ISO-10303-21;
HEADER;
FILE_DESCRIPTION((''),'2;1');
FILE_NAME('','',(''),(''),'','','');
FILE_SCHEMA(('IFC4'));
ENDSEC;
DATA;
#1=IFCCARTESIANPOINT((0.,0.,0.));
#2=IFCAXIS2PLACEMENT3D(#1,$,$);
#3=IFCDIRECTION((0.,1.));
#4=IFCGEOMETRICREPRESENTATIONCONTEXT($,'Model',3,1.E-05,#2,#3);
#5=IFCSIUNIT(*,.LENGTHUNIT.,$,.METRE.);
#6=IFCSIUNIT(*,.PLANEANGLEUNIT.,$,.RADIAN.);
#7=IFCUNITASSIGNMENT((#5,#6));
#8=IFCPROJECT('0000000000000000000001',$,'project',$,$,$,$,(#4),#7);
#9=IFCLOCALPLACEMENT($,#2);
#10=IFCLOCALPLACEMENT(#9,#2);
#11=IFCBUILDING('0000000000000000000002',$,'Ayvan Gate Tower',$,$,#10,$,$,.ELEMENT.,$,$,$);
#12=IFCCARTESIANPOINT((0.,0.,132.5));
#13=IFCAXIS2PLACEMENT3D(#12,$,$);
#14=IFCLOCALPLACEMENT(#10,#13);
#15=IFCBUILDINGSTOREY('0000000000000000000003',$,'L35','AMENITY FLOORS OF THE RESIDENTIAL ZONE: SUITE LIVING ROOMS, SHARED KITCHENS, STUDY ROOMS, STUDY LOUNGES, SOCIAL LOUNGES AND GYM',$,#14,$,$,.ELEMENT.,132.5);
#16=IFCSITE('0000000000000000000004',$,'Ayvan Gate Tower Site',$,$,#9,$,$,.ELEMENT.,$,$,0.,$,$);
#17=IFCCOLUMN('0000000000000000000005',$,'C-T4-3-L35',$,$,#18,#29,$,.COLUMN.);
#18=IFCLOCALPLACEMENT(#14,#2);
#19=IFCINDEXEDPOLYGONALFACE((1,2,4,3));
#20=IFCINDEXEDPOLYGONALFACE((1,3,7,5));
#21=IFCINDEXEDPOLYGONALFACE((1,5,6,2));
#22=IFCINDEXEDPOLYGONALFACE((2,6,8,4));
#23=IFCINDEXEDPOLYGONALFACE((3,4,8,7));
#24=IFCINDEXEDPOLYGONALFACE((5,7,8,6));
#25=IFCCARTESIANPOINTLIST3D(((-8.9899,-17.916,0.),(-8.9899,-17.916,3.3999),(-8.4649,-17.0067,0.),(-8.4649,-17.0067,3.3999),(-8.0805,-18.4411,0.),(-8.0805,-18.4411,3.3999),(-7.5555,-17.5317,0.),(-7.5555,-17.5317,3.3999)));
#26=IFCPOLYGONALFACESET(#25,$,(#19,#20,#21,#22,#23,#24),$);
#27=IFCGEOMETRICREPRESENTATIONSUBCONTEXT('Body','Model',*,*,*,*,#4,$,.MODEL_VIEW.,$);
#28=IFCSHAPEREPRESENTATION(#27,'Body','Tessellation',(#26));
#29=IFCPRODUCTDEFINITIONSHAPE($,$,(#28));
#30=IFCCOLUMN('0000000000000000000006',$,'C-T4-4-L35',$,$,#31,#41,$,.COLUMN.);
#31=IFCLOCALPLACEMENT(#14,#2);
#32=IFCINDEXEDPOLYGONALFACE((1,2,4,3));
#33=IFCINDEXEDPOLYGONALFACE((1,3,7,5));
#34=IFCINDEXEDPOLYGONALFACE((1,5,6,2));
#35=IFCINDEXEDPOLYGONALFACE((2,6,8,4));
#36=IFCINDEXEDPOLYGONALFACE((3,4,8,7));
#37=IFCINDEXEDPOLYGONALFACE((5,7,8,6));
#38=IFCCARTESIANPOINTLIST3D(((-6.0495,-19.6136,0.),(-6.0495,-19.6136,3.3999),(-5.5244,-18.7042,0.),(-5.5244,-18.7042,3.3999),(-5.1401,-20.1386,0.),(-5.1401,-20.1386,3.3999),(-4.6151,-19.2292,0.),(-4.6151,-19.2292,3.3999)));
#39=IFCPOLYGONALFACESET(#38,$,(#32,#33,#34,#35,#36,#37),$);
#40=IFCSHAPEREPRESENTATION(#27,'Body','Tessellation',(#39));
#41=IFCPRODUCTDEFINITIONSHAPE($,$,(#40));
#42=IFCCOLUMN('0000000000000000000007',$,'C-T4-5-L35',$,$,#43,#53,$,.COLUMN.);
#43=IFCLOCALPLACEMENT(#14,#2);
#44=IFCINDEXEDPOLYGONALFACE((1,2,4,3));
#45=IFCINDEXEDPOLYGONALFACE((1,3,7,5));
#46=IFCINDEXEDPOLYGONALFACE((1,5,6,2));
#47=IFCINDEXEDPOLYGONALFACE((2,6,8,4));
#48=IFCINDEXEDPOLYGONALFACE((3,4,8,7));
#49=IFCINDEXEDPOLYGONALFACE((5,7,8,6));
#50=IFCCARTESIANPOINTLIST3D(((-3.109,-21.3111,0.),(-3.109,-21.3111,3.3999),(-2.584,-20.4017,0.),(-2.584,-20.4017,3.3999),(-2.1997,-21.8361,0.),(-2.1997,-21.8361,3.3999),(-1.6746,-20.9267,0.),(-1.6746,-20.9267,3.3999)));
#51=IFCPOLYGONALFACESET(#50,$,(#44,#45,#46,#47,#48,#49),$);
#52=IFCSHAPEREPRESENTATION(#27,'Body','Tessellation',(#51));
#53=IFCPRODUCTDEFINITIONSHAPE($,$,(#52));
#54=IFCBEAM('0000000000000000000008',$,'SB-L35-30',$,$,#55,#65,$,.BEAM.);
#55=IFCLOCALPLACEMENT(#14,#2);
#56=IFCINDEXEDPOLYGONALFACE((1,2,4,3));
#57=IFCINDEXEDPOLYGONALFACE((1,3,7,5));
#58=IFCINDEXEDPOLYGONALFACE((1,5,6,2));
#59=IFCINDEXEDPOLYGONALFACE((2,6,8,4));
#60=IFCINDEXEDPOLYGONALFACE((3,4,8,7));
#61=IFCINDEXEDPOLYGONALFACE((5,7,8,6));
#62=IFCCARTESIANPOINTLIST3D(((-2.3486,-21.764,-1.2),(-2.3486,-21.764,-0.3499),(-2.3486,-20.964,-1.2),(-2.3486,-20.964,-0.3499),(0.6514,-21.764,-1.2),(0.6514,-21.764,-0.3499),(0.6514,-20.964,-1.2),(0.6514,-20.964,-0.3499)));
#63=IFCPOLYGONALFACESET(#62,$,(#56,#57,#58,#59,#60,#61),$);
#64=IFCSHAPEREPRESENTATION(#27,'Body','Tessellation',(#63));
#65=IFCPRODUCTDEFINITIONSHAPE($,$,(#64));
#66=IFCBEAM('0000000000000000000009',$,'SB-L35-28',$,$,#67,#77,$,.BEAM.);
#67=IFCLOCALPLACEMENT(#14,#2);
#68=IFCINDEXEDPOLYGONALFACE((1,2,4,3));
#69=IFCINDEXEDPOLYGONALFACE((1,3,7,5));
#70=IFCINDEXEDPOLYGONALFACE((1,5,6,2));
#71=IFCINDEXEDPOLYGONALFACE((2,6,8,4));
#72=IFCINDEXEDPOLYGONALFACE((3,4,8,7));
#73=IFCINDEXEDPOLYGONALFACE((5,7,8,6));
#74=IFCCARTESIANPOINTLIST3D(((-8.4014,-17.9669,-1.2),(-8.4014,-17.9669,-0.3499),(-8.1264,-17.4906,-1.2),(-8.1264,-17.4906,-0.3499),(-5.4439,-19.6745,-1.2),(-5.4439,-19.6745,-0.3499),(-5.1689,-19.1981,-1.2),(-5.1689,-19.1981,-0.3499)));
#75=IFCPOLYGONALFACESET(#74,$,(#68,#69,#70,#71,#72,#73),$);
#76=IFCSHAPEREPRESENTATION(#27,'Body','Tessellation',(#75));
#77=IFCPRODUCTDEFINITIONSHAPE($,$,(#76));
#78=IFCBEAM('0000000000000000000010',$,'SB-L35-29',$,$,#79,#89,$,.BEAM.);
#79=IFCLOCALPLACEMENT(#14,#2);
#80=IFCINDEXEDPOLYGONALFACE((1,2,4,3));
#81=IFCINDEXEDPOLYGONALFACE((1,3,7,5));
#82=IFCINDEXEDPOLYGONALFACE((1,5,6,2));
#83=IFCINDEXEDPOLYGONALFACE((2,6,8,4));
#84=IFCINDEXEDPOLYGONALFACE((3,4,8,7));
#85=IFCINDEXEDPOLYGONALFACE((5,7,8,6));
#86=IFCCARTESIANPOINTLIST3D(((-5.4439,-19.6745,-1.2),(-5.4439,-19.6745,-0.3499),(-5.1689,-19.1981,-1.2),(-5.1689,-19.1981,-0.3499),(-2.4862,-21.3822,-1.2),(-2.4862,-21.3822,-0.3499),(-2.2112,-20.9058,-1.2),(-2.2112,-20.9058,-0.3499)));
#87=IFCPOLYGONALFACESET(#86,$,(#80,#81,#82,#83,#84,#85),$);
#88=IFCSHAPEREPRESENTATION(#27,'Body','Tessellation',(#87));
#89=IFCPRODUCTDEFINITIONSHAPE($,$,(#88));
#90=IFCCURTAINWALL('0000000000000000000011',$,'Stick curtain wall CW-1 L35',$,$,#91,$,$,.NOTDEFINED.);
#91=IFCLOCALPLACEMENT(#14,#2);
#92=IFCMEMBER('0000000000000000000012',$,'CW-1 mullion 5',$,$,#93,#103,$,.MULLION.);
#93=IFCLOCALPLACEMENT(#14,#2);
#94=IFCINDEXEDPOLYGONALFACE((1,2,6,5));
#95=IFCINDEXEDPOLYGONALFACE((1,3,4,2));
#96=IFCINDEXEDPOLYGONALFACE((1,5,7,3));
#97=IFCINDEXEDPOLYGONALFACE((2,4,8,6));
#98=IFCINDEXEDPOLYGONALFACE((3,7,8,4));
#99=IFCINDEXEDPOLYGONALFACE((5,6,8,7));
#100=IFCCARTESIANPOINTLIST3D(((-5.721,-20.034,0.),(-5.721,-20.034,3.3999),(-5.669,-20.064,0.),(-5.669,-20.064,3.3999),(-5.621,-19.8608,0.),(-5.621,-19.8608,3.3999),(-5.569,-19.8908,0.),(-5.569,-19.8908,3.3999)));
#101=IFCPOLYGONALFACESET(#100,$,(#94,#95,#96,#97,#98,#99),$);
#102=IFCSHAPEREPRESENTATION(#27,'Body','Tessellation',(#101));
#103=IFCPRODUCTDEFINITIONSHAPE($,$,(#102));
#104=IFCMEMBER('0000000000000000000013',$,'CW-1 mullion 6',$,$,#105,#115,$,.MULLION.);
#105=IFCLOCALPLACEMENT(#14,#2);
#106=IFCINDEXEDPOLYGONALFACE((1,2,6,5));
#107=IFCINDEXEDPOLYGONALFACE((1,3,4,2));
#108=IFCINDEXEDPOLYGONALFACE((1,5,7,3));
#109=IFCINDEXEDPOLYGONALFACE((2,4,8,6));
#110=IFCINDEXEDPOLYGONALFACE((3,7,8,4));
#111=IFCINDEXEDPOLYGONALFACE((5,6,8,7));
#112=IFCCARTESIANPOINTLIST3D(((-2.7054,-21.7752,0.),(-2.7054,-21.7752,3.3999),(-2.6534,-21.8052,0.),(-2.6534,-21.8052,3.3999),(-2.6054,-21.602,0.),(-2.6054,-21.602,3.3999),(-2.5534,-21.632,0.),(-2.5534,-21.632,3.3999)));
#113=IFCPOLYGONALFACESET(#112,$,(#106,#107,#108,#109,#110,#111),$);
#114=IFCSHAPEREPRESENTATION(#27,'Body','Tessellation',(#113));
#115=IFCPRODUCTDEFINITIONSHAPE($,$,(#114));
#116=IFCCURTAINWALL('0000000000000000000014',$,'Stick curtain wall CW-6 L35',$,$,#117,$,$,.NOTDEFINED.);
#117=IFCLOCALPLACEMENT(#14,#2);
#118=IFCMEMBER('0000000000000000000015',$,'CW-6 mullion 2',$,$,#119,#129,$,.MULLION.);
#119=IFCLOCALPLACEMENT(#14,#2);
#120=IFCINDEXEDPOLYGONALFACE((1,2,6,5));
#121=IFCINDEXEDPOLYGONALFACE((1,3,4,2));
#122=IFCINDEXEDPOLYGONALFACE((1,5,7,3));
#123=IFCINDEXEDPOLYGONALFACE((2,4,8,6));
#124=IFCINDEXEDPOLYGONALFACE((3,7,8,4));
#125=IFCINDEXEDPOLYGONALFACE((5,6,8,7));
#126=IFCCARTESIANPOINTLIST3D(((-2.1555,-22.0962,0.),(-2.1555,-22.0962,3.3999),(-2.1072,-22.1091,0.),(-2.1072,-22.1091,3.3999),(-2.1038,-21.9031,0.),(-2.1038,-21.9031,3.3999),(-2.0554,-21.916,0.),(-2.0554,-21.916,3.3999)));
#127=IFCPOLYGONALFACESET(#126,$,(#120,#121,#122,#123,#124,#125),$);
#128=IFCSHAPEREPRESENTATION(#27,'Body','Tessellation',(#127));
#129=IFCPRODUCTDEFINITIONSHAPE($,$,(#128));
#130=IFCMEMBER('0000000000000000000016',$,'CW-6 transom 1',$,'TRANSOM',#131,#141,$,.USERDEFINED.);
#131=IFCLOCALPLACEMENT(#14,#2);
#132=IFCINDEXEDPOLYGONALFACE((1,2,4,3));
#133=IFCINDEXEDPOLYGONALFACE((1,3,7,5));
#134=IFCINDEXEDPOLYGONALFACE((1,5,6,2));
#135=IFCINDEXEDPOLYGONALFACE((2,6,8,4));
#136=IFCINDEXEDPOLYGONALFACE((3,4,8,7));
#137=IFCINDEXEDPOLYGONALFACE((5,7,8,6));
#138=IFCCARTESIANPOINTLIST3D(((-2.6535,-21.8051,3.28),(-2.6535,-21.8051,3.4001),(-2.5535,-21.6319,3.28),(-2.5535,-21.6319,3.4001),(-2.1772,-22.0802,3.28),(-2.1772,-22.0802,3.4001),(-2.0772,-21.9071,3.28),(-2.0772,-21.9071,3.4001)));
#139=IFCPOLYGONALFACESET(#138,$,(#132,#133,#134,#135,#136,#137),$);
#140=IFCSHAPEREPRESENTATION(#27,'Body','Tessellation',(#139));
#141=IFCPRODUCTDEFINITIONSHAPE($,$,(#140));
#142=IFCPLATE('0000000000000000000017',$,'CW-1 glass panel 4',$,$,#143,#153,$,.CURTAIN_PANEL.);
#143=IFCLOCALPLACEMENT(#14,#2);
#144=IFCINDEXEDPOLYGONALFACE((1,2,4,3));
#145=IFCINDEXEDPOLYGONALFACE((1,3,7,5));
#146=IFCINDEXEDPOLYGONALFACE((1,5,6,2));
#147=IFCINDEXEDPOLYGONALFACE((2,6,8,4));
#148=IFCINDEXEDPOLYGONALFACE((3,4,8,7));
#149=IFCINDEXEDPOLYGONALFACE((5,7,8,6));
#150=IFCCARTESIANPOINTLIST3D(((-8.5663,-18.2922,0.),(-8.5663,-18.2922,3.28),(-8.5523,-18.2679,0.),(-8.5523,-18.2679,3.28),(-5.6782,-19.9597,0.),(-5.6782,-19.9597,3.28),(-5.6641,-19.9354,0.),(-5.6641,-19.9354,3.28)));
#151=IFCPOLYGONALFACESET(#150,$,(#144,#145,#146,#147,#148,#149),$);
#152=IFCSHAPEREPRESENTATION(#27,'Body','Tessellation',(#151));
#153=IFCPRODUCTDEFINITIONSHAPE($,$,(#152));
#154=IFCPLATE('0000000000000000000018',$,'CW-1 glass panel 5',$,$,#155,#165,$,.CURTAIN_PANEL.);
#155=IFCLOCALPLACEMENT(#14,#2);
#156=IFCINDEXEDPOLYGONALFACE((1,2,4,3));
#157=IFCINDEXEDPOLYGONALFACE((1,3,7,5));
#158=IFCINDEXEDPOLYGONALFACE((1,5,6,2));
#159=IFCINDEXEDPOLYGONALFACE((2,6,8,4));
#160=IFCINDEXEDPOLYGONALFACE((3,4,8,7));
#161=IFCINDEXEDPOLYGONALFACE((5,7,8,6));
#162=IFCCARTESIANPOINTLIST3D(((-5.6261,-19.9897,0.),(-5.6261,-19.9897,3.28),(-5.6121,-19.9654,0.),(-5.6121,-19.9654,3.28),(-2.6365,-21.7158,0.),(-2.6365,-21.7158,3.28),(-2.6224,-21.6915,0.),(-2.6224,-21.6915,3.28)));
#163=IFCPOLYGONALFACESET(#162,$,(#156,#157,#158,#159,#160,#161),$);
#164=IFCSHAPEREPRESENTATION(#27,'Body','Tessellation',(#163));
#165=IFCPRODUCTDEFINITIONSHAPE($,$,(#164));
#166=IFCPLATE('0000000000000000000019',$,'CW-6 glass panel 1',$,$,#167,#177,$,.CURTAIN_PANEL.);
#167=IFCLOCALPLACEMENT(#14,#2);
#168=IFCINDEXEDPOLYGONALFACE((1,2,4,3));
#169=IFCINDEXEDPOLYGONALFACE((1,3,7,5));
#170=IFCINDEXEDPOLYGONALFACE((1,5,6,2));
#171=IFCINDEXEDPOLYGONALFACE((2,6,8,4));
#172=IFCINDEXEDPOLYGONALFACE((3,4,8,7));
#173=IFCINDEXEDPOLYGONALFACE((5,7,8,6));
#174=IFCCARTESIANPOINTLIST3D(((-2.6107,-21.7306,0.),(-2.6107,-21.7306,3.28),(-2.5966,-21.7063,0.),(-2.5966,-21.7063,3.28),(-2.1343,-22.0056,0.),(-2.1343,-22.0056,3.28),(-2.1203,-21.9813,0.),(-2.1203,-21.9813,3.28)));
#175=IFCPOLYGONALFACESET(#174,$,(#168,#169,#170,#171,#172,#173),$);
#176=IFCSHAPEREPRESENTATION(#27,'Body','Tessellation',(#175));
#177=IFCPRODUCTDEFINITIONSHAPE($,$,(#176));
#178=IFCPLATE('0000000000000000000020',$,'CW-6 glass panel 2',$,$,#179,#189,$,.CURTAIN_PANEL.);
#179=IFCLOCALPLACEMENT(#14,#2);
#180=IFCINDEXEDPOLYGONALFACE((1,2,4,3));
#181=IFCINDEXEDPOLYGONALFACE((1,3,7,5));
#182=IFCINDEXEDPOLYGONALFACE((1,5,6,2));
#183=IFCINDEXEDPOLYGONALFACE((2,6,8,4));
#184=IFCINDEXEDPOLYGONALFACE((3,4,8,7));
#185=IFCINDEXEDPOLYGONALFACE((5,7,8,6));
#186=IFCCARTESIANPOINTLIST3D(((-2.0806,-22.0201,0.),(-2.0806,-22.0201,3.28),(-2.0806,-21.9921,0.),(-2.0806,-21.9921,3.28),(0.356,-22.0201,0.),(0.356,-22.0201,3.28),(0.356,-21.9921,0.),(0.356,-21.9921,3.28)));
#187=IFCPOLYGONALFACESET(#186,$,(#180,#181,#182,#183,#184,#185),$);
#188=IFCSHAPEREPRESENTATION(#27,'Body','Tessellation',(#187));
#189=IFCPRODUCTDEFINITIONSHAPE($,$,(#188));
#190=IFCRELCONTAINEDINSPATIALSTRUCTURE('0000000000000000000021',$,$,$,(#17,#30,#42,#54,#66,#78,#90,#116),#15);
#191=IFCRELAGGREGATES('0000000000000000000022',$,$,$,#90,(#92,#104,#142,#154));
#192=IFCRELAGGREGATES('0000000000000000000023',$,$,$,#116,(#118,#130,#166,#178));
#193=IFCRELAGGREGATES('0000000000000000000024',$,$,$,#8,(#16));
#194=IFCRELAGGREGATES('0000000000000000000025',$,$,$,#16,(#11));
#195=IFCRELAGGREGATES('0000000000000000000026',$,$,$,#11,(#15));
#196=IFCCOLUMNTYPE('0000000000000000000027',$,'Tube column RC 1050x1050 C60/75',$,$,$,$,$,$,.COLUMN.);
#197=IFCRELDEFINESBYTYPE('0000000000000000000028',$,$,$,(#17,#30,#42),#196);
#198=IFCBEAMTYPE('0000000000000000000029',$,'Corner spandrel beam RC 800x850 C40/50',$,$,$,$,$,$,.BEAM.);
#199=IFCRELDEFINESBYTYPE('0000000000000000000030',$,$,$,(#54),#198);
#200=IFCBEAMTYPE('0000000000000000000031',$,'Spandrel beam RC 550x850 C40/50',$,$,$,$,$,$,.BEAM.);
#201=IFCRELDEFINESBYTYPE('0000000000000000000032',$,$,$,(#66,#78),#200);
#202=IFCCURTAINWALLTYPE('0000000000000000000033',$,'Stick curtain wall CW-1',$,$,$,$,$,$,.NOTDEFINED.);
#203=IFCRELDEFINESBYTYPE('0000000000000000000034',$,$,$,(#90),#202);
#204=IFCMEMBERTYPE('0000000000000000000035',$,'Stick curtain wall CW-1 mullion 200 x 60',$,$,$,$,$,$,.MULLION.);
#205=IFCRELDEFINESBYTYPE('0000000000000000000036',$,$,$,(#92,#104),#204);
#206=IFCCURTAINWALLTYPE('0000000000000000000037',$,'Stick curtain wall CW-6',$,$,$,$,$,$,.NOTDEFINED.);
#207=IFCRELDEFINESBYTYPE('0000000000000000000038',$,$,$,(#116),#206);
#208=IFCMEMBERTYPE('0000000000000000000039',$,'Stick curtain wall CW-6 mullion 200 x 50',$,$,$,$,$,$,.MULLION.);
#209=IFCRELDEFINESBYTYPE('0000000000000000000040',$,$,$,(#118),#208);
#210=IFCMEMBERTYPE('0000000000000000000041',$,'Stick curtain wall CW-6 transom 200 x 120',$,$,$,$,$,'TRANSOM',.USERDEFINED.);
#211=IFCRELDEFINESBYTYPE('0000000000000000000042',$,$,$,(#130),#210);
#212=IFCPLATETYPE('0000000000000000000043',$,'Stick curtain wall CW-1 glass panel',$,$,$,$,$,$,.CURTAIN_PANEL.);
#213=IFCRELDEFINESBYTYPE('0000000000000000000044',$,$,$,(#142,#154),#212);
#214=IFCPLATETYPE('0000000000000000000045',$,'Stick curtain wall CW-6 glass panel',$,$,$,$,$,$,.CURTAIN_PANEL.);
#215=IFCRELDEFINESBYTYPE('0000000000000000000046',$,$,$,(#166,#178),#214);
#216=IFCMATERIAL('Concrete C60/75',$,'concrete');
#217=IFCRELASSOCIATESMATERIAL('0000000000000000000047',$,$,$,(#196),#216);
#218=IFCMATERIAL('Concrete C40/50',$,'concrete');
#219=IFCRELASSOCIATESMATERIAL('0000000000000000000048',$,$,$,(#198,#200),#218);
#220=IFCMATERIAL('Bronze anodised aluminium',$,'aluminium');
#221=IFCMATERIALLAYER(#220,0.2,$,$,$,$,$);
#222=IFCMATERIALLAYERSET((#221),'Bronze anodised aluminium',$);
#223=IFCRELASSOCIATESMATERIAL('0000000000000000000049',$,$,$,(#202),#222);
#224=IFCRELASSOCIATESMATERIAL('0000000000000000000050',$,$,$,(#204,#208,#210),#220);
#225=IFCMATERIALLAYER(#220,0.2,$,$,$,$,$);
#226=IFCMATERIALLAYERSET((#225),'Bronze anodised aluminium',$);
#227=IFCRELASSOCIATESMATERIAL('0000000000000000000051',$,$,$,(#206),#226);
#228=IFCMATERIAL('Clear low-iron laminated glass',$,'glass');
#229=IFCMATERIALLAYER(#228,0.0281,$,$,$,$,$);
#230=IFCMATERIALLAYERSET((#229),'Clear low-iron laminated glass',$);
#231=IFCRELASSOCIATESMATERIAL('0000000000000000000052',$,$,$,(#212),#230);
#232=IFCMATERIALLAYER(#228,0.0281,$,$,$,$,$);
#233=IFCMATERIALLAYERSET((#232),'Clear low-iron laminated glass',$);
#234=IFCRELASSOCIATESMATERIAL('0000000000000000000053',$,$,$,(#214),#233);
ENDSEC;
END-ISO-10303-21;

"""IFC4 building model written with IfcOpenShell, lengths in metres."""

from ifc_helpers import new_model, si_unit, direction, frame, origin, origin_2d, place, context, subcontext, project, spatial, rectangle, extrude, material, layer, layer_set, material_profile, profile_set, type_object, element, aggregate, save


model = new_model("IFC4")

# Units and contexts
model_context = context("Model", 3, precision=1e-05, world=origin(), true_north=direction((0.0, 1.0)))
body_context = subcontext(model_context, "Body", "Model", "MODEL_VIEW")
ifc_project = project(units=[si_unit("LENGTHUNIT", "METRE"), si_unit("PLANEANGLEUNIT", "RADIAN")], contexts=[model_context])

# Site, building, storey
site_placement = place(None, origin())
site = spatial("IfcSite", under=ifc_project, at=site_placement, Name="Ayvan Gate Tower Site", CompositionType="ELEMENT", RefElevation=0.0)
building_placement = place(site_placement, origin())
building = spatial("IfcBuilding", under=site, at=building_placement, Name="Ayvan Gate Tower", CompositionType="ELEMENT")
storey_placement = place(building_placement, frame((0.0, 0.0, 132.5)))
storey = spatial("IfcBuildingStorey", under=building, at=storey_placement, Name="L35", Description="AMENITY FLOORS OF THE RESIDENTIAL ZONE: SUITE LIVING ROOMS, SHARED KITCHENS, STUDY ROOMS, STUDY LOUNGES, SOCIAL LOUNGES AND GYM", CompositionType="ELEMENT", Elevation=132.5)

# Columns
ifc_material_1 = material(Name="Concrete C60/75", Category="concrete")
ifc_material_profile_1 = material_profile(ifc_material_1, rectangle(XDim=1.05, YDim=1.05, at=origin_2d()), Name="RC 1050x1050")
ifc_profile_set_1 = profile_set([ifc_material_profile_1], Name="Concrete C60/75")
column_type = type_object("IfcColumnType", Name="Tube column RC 1050x1050 C60/75", PredefinedType="COLUMN", material=ifc_profile_set_1)
for number, where, z_axis, x_axis, name in (
    (1, (-8.2727, -17.7239, 0.0), (0.0, 0.0, 1.0), (-0.5, -0.866025, 0.0), "C-T4-3-L35"),
    (2, (-5.3323, -19.4214, 0.0), (0.0, 0.0, 1.0), (-0.5, -0.866025, 0.0), "C-T4-4-L35"),
    (3, (-2.3918, -21.1189, 0.0), (0.0, 0.0, 1.0), (-0.5, -0.866025, 0.0), "C-T4-5-L35"),
):
    element("IfcColumn", number, at=place(storey_placement, frame(where, z_axis=z_axis, x_axis=x_axis)), inside=storey, type_object=column_type, Name=name, PredefinedType="COLUMN", context=body_context, shape_type="SweptSolid", body=[
        extrude(rectangle(XDim=1.05, YDim=1.05, at=origin_2d()), origin(), (0.0, 0.0, 1.0), 3.3999),
    ])

# Beams
ifc_material_2 = material(Name="Concrete C40/50", Category="concrete")
ifc_material_profile_2 = material_profile(ifc_material_2, rectangle(XDim=0.8, YDim=0.8501, at=origin_2d()), Name="RC 800x850")
ifc_profile_set_2 = profile_set([ifc_material_profile_2], Name="Concrete C40/50")
beam_type_1 = type_object("IfcBeamType", Name="Corner spandrel beam RC 800x850 C40/50", PredefinedType="BEAM", material=ifc_profile_set_2)
beam_1_placement = place(storey_placement, frame((-2.3486, -21.364, -0.7749), z_axis=(1.0, 0.0, 0.0), x_axis=(0.0, 1.0, 0.0)))
element("IfcBeam", 4, at=beam_1_placement, inside=storey, type_object=beam_type_1, Name="SB-L35-30", PredefinedType="BEAM", context=body_context, shape_type="SweptSolid", body=[
    extrude(rectangle(XDim=0.8, YDim=0.8501, at=origin_2d()), origin(), (0.0, 0.0, 1.0), 3.0),
])
ifc_material_profile_3 = material_profile(ifc_material_2, rectangle(XDim=0.55, YDim=0.8501, at=origin_2d()), Name="RC 550x850")
ifc_profile_set_3 = profile_set([ifc_material_profile_3], Name="Concrete C40/50")
beam_type_2 = type_object("IfcBeamType", Name="Spandrel beam RC 550x850 C40/50", PredefinedType="BEAM", material=ifc_profile_set_3)
beam_2_placement = place(storey_placement, frame((-8.2639, -17.7288, -0.7749), z_axis=(0.866026, -0.499999, 0.0), x_axis=(0.499999, 0.866026, 0.0)))
element("IfcBeam", 5, at=beam_2_placement, inside=storey, type_object=beam_type_2, Name="SB-L35-28", PredefinedType="BEAM", context=body_context, shape_type="SweptSolid", body=[
    extrude(rectangle(XDim=0.55, YDim=0.8501, at=origin_2d()), origin(), (0.0, 0.0, 1.0), 3.415),
])
beam_3_placement = place(storey_placement, frame((-5.3064, -19.4363, -0.7749), z_axis=(0.866013, -0.500022, 0.0), x_axis=(0.500022, 0.866013, 0.0)))
element("IfcBeam", 6, at=beam_3_placement, inside=storey, type_object=beam_type_2, Name="SB-L35-29", PredefinedType="BEAM", context=body_context, shape_type="SweptSolid", body=[
    extrude(rectangle(XDim=0.55, YDim=0.8501, at=origin_2d()), origin(), (0.0, 0.0, 1.0), 3.4153),
])

# Curtain walls, members
ifc_material_3 = material(Name="Bronze anodised aluminium", Category="aluminium")
ifc_layer_1 = layer(ifc_material_3, 0.2)
ifc_layer_set_1 = layer_set([ifc_layer_1], Name="Bronze anodised aluminium")
curtain_wall_type_1 = type_object("IfcCurtainWallType", Name="Stick curtain wall CW-1", PredefinedType="NOTDEFINED", material=ifc_layer_set_1)
curtain_wall_1_placement = place(storey_placement, origin())
curtain_wall_1 = element("IfcCurtainWall", 7, at=curtain_wall_1_placement, inside=storey, type_object=curtain_wall_type_1, Name="Stick curtain wall CW-1 L35", PredefinedType="NOTDEFINED")
ifc_material_profile_4 = material_profile(ifc_material_3, rectangle(XDim=0.2, YDim=0.0601, at=origin_2d()), Name="Stick curtain wall CW-1 mullion 200 x 60")
ifc_profile_set_4 = profile_set([ifc_material_profile_4], Name="Bronze anodised aluminium")
member_type_1 = type_object("IfcMemberType", Name="Stick curtain wall CW-1 mullion 200 x 60", PredefinedType="MULLION", material=ifc_profile_set_4)
member_1_placement = place(storey_placement, frame((-5.645, -19.9624, 0.0), z_axis=(0.0, 0.0, 1.0), x_axis=(-0.5, -0.866025, 0.0)))
member_1 = element("IfcMember", 8, at=member_1_placement, type_object=member_type_1, Name="CW-1 mullion 5", PredefinedType="MULLION", context=body_context, shape_type="SweptSolid", body=[
    extrude(rectangle(XDim=0.2, YDim=0.0601, at=origin_2d()), origin(), (0.0, 0.0, 1.0), 3.3999),
])
member_2_placement = place(storey_placement, frame((-2.6294, -21.7036, 0.0), z_axis=(0.0, 0.0, 1.0), x_axis=(-0.5, -0.866025, 0.0)))
member_2 = element("IfcMember", 9, at=member_2_placement, type_object=member_type_1, Name="CW-1 mullion 6", PredefinedType="MULLION", context=body_context, shape_type="SweptSolid", body=[
    extrude(rectangle(XDim=0.2, YDim=0.0601, at=origin_2d()), origin(), (0.0, 0.0, 1.0), 3.3999),
])
ifc_layer_2 = layer(ifc_material_3, 0.2)
ifc_layer_set_2 = layer_set([ifc_layer_2], Name="Bronze anodised aluminium")
curtain_wall_type_2 = type_object("IfcCurtainWallType", Name="Stick curtain wall CW-6", PredefinedType="NOTDEFINED", material=ifc_layer_set_2)
curtain_wall_2_placement = place(storey_placement, origin())
curtain_wall_2 = element("IfcCurtainWall", 10, at=curtain_wall_2_placement, inside=storey, type_object=curtain_wall_type_2, Name="Stick curtain wall CW-6 L35", PredefinedType="NOTDEFINED")
ifc_material_profile_5 = material_profile(ifc_material_3, rectangle(XDim=0.2, YDim=0.05, at=origin_2d()), Name="Stick curtain wall CW-6 mullion 200 x 50")
ifc_profile_set_5 = profile_set([ifc_material_profile_5], Name="Bronze anodised aluminium")
member_type_2 = type_object("IfcMemberType", Name="Stick curtain wall CW-6 mullion 200 x 50", PredefinedType="MULLION", material=ifc_profile_set_5)
member_3_placement = place(storey_placement, frame((-2.1055, -22.0061, 0.0), z_axis=(0.0, 0.0, 1.0), x_axis=(-0.258819, -0.965926, 0.0)))
member_3 = element("IfcMember", 11, at=member_3_placement, type_object=member_type_2, Name="CW-6 mullion 2", PredefinedType="MULLION", context=body_context, shape_type="SweptSolid", body=[
    extrude(rectangle(XDim=0.2, YDim=0.05, at=origin_2d()), origin(), (0.0, 0.0, 1.0), 3.3999),
])
ifc_material_profile_6 = material_profile(ifc_material_3, rectangle(XDim=0.2, YDim=0.1201, at=origin_2d()), Name="Stick curtain wall CW-6 transom 200 x 120")
ifc_profile_set_6 = profile_set([ifc_material_profile_6], Name="Bronze anodised aluminium")
member_type_3 = type_object("IfcMemberType", Name="Stick curtain wall CW-6 transom 200 x 120", ElementType="TRANSOM", PredefinedType="USERDEFINED", material=ifc_profile_set_6)
member_4_placement = place(storey_placement, frame((-2.6035, -21.7185, 3.3401), z_axis=(0.865912, -0.500196, 0.0), x_axis=(0.500196, 0.865912, 0.0)))
member_4 = element("IfcMember", 12, at=member_4_placement, type_object=member_type_3, Name="CW-6 transom 1", ObjectType="TRANSOM", PredefinedType="USERDEFINED", context=body_context, shape_type="SweptSolid", body=[
    extrude(rectangle(XDim=0.2, YDim=0.1201, at=origin_2d()), origin(), (0.0, 0.0, 1.0), 0.55),
])

# Plates
ifc_material_4 = material(Name="Clear low-iron laminated glass", Category="glass")
ifc_layer_3 = layer(ifc_material_4, 0.0281)
ifc_layer_set_3 = layer_set([ifc_layer_3], Name="Clear low-iron laminated glass")
plate_type_1 = type_object("IfcPlateType", Name="Stick curtain wall CW-1 glass panel", PredefinedType="CURTAIN_PANEL", material=ifc_layer_set_3)
plate_1_placement = place(storey_placement, frame((-7.1152, -19.1138, 0.0), z_axis=(0.0, 0.0, 1.0), x_axis=(0.866025, -0.5, 0.0)))
plate_1 = element("IfcPlate", 13, at=plate_1_placement, type_object=plate_type_1, Name="CW-1 glass panel 4", PredefinedType="CURTAIN_PANEL", context=body_context, shape_type="SweptSolid", body=[
    extrude(rectangle(XDim=3.335, YDim=0.0281, at=origin_2d()), origin(), (0.0, 0.0, 1.0), 3.28),
])
plate_2_placement = place(storey_placement, frame((-4.1243, -20.8406, 0.0), z_axis=(0.0, 0.0, 1.0), x_axis=(0.866025, -0.5, 0.0)))
plate_2 = element("IfcPlate", 14, at=plate_2_placement, type_object=plate_type_1, Name="CW-1 glass panel 5", PredefinedType="CURTAIN_PANEL", context=body_context, shape_type="SweptSolid", body=[
    extrude(rectangle(XDim=3.4521, YDim=0.0281, at=origin_2d()), origin(), (0.0, 0.0, 1.0), 3.28),
])
aggregate(curtain_wall_1, [member_1, member_2, plate_1, plate_2])
ifc_layer_4 = layer(ifc_material_4, 0.0281)
ifc_layer_set_4 = layer_set([ifc_layer_4], Name="Clear low-iron laminated glass")
plate_type_2 = type_object("IfcPlateType", Name="Stick curtain wall CW-6 glass panel", PredefinedType="CURTAIN_PANEL", material=ifc_layer_set_4)
plate_3_placement = place(storey_placement, frame((-2.3655, -21.856, 0.0), z_axis=(0.0, 0.0, 1.0), x_axis=(0.866025, -0.5, 0.0)))
plate_3 = element("IfcPlate", 15, at=plate_3_placement, type_object=plate_type_2, Name="CW-6 glass panel 1", PredefinedType="CURTAIN_PANEL", context=body_context, shape_type="SweptSolid", body=[
    extrude(rectangle(XDim=0.55, YDim=0.0281, at=origin_2d()), origin(), (0.0, 0.0, 1.0), 3.28),
])
plate_4_placement = place(storey_placement, frame((-0.8623, -22.0061, 0.0), z_axis=(0.0, 0.0, 1.0), x_axis=(1.0, 0.0, 0.0)))
plate_4 = element("IfcPlate", 16, at=plate_4_placement, type_object=plate_type_2, Name="CW-6 glass panel 2", PredefinedType="CURTAIN_PANEL", context=body_context, shape_type="SweptSolid", body=[
    extrude(rectangle(XDim=2.4365, YDim=0.0281, at=origin_2d()), origin(), (0.0, 0.0, 1.0), 3.28),
])
aggregate(curtain_wall_2, [member_3, member_4, plate_3, plate_4])

save(model, "model.ifc")
